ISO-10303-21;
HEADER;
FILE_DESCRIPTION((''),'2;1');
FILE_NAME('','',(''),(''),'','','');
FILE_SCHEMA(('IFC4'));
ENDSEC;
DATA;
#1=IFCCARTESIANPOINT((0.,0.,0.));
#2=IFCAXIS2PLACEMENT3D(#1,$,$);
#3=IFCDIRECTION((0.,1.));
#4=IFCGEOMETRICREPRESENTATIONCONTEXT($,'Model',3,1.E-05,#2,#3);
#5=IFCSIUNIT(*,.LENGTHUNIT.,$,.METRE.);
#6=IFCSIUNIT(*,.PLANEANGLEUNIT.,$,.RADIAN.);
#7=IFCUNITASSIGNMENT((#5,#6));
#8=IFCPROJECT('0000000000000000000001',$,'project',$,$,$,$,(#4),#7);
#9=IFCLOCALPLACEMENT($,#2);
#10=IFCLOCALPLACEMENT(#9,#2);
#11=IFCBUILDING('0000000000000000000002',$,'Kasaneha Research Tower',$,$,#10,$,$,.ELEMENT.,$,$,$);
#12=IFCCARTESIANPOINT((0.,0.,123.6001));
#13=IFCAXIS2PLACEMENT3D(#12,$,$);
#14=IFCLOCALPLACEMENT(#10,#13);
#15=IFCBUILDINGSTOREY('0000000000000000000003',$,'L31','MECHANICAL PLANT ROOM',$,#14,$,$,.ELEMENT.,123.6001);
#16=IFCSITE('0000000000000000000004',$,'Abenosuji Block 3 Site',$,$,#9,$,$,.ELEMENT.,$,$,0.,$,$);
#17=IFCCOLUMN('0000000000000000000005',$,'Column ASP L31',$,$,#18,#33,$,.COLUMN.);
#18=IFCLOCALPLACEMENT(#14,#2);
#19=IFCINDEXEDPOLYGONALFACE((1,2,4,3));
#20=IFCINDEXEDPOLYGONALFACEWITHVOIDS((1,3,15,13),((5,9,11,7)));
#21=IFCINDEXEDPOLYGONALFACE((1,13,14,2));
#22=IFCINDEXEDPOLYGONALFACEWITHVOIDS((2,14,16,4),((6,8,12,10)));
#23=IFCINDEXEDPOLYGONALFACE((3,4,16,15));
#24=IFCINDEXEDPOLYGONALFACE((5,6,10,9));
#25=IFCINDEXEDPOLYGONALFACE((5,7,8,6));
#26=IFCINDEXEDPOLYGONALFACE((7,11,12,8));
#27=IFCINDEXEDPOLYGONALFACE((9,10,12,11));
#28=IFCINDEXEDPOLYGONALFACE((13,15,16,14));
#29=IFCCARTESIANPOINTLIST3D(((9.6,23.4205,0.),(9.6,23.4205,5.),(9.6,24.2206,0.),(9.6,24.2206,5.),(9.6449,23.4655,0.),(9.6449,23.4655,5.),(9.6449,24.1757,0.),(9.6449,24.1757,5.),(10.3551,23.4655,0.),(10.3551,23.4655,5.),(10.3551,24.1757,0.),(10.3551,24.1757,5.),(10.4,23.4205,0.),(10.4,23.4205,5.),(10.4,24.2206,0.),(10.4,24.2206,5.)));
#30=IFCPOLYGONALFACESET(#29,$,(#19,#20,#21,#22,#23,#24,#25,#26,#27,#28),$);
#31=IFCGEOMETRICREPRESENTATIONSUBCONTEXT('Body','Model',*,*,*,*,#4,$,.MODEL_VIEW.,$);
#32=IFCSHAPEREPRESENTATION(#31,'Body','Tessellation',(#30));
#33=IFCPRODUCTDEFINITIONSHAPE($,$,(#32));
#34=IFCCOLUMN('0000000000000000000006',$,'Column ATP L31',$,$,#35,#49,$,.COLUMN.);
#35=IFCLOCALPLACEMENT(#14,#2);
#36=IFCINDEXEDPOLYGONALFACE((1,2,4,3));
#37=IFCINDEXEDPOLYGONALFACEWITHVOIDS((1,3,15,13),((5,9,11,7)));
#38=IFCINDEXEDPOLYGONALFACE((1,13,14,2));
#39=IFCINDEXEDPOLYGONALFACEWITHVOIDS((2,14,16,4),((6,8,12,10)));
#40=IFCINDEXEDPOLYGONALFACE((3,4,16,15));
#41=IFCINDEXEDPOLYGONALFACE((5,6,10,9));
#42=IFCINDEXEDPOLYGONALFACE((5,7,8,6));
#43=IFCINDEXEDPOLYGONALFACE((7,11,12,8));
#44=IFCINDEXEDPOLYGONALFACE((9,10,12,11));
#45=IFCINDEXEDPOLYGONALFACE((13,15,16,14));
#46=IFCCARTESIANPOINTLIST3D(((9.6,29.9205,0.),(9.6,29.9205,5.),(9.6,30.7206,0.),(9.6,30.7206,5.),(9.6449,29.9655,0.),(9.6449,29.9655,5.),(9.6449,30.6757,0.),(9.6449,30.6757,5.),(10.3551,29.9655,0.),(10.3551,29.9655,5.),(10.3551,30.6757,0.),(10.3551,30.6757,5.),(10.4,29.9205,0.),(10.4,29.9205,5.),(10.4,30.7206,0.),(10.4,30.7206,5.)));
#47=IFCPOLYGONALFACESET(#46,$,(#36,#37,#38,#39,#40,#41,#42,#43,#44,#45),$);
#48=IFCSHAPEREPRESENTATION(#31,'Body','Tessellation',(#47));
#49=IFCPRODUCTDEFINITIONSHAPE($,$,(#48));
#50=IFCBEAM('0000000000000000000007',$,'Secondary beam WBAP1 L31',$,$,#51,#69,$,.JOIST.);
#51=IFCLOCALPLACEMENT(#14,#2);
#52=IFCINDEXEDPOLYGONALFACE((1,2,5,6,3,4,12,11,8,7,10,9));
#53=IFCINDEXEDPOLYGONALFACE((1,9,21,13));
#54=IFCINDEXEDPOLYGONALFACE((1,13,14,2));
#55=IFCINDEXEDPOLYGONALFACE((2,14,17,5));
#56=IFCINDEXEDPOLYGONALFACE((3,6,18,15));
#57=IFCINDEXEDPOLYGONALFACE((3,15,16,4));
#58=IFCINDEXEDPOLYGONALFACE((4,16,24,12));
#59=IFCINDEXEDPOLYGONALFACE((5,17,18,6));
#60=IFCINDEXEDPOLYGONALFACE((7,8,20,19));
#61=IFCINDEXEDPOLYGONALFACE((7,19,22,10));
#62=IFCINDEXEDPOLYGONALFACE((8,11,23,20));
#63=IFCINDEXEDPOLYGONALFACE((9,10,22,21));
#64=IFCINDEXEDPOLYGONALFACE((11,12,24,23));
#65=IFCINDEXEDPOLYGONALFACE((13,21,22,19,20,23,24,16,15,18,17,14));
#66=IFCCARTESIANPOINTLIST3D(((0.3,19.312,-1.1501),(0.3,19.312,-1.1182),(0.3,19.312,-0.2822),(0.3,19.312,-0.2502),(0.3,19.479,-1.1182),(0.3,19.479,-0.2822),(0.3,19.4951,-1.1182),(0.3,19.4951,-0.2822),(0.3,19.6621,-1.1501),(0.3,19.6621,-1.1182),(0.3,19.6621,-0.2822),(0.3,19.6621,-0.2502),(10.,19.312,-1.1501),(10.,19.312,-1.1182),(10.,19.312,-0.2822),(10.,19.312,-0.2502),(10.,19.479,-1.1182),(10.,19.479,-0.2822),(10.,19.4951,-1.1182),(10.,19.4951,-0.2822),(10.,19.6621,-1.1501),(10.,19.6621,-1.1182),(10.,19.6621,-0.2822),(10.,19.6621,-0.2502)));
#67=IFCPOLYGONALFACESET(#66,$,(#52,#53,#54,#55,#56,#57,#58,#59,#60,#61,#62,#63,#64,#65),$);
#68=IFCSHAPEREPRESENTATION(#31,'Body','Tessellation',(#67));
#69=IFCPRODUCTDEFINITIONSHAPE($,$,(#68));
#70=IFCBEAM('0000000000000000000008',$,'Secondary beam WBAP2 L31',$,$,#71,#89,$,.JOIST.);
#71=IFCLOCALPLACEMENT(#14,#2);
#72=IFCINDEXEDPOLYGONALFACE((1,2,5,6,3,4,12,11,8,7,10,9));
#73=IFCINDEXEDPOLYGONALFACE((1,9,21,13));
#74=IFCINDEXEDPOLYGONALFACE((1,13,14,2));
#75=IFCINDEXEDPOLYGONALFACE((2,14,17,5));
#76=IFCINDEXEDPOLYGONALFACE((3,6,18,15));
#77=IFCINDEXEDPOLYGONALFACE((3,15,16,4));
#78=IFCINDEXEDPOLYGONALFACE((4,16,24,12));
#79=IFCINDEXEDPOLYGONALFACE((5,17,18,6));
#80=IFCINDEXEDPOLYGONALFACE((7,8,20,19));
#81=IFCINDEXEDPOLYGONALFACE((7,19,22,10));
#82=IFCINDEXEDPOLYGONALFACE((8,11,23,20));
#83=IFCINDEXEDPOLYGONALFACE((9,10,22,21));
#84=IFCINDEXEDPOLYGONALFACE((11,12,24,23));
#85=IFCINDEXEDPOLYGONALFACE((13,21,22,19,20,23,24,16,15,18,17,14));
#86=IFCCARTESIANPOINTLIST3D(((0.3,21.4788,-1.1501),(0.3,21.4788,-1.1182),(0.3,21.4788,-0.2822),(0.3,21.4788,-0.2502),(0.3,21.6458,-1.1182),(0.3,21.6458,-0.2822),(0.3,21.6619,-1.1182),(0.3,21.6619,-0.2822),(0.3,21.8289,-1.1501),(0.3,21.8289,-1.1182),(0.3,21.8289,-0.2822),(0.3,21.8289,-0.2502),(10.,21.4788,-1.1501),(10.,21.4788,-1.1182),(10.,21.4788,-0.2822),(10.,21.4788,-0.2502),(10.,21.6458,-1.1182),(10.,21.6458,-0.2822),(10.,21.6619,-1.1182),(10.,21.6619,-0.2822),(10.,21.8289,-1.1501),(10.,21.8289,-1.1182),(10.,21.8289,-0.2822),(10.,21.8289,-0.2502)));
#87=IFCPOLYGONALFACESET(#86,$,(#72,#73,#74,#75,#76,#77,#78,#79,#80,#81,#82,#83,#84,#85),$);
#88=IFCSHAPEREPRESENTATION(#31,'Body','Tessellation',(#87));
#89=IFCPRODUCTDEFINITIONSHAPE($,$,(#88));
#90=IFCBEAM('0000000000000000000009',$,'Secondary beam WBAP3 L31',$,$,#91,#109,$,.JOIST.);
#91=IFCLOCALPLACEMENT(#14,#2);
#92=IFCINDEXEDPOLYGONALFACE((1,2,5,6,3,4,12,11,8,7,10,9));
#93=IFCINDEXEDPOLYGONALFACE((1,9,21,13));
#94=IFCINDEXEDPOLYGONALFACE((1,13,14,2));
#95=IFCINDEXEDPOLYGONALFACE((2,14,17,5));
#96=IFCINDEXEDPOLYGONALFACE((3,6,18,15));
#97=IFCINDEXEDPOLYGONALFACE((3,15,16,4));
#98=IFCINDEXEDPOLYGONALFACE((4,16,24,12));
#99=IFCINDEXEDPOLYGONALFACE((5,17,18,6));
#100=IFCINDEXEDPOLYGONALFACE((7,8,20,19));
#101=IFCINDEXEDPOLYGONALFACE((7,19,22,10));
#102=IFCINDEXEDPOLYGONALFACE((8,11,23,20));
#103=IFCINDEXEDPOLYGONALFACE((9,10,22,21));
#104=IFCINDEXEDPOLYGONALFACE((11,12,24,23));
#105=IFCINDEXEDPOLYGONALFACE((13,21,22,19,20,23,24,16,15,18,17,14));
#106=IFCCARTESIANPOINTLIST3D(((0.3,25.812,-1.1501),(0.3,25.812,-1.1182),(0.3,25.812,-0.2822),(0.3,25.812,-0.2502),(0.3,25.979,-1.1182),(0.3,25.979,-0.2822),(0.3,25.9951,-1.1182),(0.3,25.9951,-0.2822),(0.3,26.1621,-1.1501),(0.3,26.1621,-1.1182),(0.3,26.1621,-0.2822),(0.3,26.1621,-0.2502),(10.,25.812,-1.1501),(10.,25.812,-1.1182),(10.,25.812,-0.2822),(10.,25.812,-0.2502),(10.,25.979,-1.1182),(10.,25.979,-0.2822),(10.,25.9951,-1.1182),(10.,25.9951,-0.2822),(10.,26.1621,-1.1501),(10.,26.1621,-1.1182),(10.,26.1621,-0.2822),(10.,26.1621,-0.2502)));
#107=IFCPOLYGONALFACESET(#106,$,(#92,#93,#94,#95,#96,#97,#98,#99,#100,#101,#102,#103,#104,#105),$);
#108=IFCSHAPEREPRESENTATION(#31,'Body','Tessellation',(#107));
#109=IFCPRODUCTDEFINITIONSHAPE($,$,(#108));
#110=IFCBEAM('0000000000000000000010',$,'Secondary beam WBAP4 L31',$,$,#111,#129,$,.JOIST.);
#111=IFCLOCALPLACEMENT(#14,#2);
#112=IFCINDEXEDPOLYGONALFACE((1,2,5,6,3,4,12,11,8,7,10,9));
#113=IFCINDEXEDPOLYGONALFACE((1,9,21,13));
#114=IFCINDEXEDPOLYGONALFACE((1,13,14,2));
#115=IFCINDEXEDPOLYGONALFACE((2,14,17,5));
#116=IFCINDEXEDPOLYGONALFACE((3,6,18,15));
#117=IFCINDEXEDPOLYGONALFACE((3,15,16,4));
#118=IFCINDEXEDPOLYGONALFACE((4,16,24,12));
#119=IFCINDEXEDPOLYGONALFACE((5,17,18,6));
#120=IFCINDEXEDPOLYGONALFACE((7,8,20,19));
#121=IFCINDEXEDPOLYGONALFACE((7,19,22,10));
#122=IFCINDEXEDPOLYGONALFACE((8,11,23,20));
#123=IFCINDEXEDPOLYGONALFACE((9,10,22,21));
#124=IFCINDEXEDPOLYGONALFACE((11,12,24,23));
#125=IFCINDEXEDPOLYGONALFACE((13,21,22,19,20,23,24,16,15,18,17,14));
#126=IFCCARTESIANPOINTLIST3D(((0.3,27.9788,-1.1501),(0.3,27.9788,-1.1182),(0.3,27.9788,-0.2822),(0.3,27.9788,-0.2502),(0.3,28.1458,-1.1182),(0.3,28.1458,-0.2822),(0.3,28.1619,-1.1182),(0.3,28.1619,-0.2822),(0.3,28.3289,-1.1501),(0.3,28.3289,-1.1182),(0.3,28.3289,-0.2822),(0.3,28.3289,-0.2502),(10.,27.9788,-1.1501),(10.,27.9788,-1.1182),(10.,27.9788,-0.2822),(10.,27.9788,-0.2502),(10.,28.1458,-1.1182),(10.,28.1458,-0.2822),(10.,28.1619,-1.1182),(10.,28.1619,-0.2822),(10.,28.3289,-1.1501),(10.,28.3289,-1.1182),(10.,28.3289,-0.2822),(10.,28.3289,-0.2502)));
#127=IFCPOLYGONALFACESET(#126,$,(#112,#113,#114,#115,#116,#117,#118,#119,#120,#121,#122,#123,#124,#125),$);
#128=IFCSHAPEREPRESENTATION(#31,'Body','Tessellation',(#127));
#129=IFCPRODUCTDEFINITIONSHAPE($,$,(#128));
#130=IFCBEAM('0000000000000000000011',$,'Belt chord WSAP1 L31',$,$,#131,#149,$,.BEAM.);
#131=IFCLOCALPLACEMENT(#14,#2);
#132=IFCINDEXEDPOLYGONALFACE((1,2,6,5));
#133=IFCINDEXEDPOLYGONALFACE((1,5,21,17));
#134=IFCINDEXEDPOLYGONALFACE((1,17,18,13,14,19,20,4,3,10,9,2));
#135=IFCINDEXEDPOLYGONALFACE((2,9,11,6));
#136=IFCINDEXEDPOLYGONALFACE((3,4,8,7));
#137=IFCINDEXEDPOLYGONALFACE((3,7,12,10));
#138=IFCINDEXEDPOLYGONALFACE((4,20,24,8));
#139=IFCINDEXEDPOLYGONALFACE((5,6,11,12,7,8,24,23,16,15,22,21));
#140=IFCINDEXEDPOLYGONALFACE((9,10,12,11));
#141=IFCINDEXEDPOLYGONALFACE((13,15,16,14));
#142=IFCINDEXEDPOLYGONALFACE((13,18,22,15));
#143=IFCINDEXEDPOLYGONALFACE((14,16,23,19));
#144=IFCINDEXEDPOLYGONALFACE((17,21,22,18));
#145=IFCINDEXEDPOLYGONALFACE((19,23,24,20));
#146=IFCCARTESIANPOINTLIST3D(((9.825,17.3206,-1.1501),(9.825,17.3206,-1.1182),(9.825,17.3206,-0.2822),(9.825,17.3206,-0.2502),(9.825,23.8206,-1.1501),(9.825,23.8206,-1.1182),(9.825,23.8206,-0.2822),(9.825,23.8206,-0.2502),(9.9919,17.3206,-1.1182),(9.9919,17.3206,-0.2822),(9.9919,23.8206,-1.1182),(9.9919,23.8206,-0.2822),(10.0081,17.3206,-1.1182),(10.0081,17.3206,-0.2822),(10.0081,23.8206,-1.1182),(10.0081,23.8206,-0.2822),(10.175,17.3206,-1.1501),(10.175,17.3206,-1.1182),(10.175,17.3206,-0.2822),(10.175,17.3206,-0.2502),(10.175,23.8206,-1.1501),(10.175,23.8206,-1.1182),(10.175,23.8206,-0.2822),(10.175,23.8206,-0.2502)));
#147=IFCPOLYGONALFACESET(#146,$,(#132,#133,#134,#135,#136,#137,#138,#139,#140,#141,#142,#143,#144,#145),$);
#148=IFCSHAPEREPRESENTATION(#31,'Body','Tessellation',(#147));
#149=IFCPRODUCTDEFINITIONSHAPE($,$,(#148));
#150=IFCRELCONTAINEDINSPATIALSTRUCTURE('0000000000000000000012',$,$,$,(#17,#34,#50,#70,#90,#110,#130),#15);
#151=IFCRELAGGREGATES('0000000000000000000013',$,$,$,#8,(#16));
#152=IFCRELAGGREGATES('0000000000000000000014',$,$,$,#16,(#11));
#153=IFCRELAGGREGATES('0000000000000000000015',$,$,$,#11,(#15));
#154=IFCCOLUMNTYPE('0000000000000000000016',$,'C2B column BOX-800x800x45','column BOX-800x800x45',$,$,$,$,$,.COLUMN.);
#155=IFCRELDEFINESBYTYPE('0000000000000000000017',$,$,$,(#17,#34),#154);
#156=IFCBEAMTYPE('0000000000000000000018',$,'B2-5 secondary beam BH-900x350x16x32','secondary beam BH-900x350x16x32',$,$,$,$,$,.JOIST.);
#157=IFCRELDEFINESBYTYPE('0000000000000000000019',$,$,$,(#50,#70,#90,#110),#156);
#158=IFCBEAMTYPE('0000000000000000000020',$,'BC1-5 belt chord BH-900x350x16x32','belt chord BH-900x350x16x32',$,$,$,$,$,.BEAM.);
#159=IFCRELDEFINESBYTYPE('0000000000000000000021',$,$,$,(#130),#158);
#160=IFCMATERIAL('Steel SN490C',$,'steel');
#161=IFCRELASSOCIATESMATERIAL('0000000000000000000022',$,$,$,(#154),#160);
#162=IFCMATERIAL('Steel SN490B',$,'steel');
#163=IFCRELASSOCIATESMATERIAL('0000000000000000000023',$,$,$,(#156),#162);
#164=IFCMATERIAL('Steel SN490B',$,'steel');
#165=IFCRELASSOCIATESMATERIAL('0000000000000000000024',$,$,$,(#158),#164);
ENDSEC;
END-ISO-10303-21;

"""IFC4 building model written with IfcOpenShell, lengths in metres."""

from ifc_helpers import new_model, si_unit, direction, frame, origin, origin_2d, place, context, subcontext, project, spatial, hollow_rectangle, i_section, extrude, material, material_profile, profile_set, type_object, element, save


model = new_model("IFC4")

# Units and contexts
model_context = context("Model", 3, precision=1e-05, world=origin(), true_north=direction((0.0, 1.0)))
body_context = subcontext(model_context, "Body", "Model", "MODEL_VIEW")
ifc_project = project(units=[si_unit("LENGTHUNIT", "METRE"), si_unit("PLANEANGLEUNIT", "RADIAN")], contexts=[model_context])

# Site, building, storey
site_placement = place(None, origin())
site = spatial("IfcSite", under=ifc_project, at=site_placement, Name="Abenosuji Block 3 Site", CompositionType="ELEMENT", RefElevation=0.0)
building_placement = place(site_placement, origin())
building = spatial("IfcBuilding", under=site, at=building_placement, Name="Kasaneha Research Tower", CompositionType="ELEMENT")
storey_placement = place(building_placement, frame((0.0, 0.0, 123.6001)))
storey = spatial("IfcBuildingStorey", under=building, at=storey_placement, Name="L31", Description="MECHANICAL PLANT ROOM", CompositionType="ELEMENT", Elevation=123.6001)

# Columns
ifc_material_1 = material(Name="Steel SN490C", Category="steel")
ifc_material_profile_1 = material_profile(ifc_material_1, hollow_rectangle(XDim=0.8, YDim=0.8, WallThickness=0.0449, at=origin_2d()), Name="BOX-800x800x45")
ifc_profile_set_1 = profile_set([ifc_material_profile_1], Name="Steel SN490C")
column_type = type_object("IfcColumnType", Name="C2B column BOX-800x800x45", Description="column BOX-800x800x45", PredefinedType="COLUMN", material=ifc_profile_set_1)
for number, where, z_axis, x_axis, name in (
    (1, (10.0, 23.8206, 0.0), (0.0, 0.0, 1.0), (1.0, 0.0, 0.0), "Column ASP L31"),
    (2, (10.0, 30.3206, 0.0), (0.0, 0.0, 1.0), (1.0, 0.0, 0.0), "Column ATP L31"),
):
    element("IfcColumn", number, at=place(storey_placement, frame(where, z_axis=z_axis, x_axis=x_axis)), inside=storey, type_object=column_type, Name=name, PredefinedType="COLUMN", context=body_context, shape_type="SweptSolid", body=[
        extrude(hollow_rectangle(XDim=0.8, YDim=0.8, WallThickness=0.0449, at=origin_2d()), origin(), (0.0, 0.0, 1.0), 5.0),
    ])

# Beams
ifc_material_2 = material(Name="Steel SN490B", Category="steel")
ifc_material_profile_2 = material_profile(ifc_material_2, i_section(OverallWidth=0.3501, OverallDepth=0.8999, WebThickness=0.0161, FlangeThickness=0.032, at=origin_2d()), Name="BH-900x350x16x32")
ifc_profile_set_2 = profile_set([ifc_material_profile_2], Name="Steel SN490B")
beam_type_1 = type_object("IfcBeamType", Name="B2-5 secondary beam BH-900x350x16x32", Description="secondary beam BH-900x350x16x32", PredefinedType="JOIST", material=ifc_profile_set_2)
for number, where, z_axis, x_axis, name in (
    (3, (10.0, 19.4871, -0.7002), (-1.0, 0.0, 0.0), (0.0, -1.0, 0.0), "Secondary beam WBAP1 L31"),
    (4, (10.0, 21.6538, -0.7002), (-1.0, 0.0, 0.0), (0.0, -1.0, 0.0), "Secondary beam WBAP2 L31"),
    (5, (10.0, 25.9871, -0.7002), (-1.0, 0.0, 0.0), (0.0, -1.0, 0.0), "Secondary beam WBAP3 L31"),
    (6, (10.0, 28.1538, -0.7002), (-1.0, 0.0, 0.0), (0.0, -1.0, 0.0), "Secondary beam WBAP4 L31"),
):
    element("IfcBeam", number, at=place(storey_placement, frame(where, z_axis=z_axis, x_axis=x_axis)), inside=storey, type_object=beam_type_1, Name=name, PredefinedType="JOIST", context=body_context, shape_type="SweptSolid", body=[
        extrude(i_section(OverallWidth=0.3501, OverallDepth=0.8999, WebThickness=0.0161, FlangeThickness=0.032, at=origin_2d()), origin(), (0.0, 0.0, 1.0), 9.7),
    ])
ifc_material_3 = material(Name="Steel SN490B", Category="steel")
ifc_material_profile_3 = material_profile(ifc_material_3, i_section(OverallWidth=0.3501, OverallDepth=0.8999, WebThickness=0.0161, FlangeThickness=0.032, at=origin_2d()), Name="BH-900x350x16x32")
ifc_profile_set_3 = profile_set([ifc_material_profile_3], Name="Steel SN490B")
beam_type_2 = type_object("IfcBeamType", Name="BC1-5 belt chord BH-900x350x16x32", Description="belt chord BH-900x350x16x32", PredefinedType="BEAM", material=ifc_profile_set_3)
beam_1_placement = place(storey_placement, frame((10.0, 17.3206, -0.7002), z_axis=(0.0, 1.0, 0.0), x_axis=(-1.0, 0.0, 0.0)))
element("IfcBeam", 7, at=beam_1_placement, inside=storey, type_object=beam_type_2, Name="Belt chord WSAP1 L31", PredefinedType="BEAM", context=body_context, shape_type="SweptSolid", body=[
    extrude(i_section(OverallWidth=0.3501, OverallDepth=0.8999, WebThickness=0.0161, FlangeThickness=0.032, at=origin_2d()), origin(), (0.0, 0.0, 1.0), 6.5),
])

save(model, "model.ifc")
